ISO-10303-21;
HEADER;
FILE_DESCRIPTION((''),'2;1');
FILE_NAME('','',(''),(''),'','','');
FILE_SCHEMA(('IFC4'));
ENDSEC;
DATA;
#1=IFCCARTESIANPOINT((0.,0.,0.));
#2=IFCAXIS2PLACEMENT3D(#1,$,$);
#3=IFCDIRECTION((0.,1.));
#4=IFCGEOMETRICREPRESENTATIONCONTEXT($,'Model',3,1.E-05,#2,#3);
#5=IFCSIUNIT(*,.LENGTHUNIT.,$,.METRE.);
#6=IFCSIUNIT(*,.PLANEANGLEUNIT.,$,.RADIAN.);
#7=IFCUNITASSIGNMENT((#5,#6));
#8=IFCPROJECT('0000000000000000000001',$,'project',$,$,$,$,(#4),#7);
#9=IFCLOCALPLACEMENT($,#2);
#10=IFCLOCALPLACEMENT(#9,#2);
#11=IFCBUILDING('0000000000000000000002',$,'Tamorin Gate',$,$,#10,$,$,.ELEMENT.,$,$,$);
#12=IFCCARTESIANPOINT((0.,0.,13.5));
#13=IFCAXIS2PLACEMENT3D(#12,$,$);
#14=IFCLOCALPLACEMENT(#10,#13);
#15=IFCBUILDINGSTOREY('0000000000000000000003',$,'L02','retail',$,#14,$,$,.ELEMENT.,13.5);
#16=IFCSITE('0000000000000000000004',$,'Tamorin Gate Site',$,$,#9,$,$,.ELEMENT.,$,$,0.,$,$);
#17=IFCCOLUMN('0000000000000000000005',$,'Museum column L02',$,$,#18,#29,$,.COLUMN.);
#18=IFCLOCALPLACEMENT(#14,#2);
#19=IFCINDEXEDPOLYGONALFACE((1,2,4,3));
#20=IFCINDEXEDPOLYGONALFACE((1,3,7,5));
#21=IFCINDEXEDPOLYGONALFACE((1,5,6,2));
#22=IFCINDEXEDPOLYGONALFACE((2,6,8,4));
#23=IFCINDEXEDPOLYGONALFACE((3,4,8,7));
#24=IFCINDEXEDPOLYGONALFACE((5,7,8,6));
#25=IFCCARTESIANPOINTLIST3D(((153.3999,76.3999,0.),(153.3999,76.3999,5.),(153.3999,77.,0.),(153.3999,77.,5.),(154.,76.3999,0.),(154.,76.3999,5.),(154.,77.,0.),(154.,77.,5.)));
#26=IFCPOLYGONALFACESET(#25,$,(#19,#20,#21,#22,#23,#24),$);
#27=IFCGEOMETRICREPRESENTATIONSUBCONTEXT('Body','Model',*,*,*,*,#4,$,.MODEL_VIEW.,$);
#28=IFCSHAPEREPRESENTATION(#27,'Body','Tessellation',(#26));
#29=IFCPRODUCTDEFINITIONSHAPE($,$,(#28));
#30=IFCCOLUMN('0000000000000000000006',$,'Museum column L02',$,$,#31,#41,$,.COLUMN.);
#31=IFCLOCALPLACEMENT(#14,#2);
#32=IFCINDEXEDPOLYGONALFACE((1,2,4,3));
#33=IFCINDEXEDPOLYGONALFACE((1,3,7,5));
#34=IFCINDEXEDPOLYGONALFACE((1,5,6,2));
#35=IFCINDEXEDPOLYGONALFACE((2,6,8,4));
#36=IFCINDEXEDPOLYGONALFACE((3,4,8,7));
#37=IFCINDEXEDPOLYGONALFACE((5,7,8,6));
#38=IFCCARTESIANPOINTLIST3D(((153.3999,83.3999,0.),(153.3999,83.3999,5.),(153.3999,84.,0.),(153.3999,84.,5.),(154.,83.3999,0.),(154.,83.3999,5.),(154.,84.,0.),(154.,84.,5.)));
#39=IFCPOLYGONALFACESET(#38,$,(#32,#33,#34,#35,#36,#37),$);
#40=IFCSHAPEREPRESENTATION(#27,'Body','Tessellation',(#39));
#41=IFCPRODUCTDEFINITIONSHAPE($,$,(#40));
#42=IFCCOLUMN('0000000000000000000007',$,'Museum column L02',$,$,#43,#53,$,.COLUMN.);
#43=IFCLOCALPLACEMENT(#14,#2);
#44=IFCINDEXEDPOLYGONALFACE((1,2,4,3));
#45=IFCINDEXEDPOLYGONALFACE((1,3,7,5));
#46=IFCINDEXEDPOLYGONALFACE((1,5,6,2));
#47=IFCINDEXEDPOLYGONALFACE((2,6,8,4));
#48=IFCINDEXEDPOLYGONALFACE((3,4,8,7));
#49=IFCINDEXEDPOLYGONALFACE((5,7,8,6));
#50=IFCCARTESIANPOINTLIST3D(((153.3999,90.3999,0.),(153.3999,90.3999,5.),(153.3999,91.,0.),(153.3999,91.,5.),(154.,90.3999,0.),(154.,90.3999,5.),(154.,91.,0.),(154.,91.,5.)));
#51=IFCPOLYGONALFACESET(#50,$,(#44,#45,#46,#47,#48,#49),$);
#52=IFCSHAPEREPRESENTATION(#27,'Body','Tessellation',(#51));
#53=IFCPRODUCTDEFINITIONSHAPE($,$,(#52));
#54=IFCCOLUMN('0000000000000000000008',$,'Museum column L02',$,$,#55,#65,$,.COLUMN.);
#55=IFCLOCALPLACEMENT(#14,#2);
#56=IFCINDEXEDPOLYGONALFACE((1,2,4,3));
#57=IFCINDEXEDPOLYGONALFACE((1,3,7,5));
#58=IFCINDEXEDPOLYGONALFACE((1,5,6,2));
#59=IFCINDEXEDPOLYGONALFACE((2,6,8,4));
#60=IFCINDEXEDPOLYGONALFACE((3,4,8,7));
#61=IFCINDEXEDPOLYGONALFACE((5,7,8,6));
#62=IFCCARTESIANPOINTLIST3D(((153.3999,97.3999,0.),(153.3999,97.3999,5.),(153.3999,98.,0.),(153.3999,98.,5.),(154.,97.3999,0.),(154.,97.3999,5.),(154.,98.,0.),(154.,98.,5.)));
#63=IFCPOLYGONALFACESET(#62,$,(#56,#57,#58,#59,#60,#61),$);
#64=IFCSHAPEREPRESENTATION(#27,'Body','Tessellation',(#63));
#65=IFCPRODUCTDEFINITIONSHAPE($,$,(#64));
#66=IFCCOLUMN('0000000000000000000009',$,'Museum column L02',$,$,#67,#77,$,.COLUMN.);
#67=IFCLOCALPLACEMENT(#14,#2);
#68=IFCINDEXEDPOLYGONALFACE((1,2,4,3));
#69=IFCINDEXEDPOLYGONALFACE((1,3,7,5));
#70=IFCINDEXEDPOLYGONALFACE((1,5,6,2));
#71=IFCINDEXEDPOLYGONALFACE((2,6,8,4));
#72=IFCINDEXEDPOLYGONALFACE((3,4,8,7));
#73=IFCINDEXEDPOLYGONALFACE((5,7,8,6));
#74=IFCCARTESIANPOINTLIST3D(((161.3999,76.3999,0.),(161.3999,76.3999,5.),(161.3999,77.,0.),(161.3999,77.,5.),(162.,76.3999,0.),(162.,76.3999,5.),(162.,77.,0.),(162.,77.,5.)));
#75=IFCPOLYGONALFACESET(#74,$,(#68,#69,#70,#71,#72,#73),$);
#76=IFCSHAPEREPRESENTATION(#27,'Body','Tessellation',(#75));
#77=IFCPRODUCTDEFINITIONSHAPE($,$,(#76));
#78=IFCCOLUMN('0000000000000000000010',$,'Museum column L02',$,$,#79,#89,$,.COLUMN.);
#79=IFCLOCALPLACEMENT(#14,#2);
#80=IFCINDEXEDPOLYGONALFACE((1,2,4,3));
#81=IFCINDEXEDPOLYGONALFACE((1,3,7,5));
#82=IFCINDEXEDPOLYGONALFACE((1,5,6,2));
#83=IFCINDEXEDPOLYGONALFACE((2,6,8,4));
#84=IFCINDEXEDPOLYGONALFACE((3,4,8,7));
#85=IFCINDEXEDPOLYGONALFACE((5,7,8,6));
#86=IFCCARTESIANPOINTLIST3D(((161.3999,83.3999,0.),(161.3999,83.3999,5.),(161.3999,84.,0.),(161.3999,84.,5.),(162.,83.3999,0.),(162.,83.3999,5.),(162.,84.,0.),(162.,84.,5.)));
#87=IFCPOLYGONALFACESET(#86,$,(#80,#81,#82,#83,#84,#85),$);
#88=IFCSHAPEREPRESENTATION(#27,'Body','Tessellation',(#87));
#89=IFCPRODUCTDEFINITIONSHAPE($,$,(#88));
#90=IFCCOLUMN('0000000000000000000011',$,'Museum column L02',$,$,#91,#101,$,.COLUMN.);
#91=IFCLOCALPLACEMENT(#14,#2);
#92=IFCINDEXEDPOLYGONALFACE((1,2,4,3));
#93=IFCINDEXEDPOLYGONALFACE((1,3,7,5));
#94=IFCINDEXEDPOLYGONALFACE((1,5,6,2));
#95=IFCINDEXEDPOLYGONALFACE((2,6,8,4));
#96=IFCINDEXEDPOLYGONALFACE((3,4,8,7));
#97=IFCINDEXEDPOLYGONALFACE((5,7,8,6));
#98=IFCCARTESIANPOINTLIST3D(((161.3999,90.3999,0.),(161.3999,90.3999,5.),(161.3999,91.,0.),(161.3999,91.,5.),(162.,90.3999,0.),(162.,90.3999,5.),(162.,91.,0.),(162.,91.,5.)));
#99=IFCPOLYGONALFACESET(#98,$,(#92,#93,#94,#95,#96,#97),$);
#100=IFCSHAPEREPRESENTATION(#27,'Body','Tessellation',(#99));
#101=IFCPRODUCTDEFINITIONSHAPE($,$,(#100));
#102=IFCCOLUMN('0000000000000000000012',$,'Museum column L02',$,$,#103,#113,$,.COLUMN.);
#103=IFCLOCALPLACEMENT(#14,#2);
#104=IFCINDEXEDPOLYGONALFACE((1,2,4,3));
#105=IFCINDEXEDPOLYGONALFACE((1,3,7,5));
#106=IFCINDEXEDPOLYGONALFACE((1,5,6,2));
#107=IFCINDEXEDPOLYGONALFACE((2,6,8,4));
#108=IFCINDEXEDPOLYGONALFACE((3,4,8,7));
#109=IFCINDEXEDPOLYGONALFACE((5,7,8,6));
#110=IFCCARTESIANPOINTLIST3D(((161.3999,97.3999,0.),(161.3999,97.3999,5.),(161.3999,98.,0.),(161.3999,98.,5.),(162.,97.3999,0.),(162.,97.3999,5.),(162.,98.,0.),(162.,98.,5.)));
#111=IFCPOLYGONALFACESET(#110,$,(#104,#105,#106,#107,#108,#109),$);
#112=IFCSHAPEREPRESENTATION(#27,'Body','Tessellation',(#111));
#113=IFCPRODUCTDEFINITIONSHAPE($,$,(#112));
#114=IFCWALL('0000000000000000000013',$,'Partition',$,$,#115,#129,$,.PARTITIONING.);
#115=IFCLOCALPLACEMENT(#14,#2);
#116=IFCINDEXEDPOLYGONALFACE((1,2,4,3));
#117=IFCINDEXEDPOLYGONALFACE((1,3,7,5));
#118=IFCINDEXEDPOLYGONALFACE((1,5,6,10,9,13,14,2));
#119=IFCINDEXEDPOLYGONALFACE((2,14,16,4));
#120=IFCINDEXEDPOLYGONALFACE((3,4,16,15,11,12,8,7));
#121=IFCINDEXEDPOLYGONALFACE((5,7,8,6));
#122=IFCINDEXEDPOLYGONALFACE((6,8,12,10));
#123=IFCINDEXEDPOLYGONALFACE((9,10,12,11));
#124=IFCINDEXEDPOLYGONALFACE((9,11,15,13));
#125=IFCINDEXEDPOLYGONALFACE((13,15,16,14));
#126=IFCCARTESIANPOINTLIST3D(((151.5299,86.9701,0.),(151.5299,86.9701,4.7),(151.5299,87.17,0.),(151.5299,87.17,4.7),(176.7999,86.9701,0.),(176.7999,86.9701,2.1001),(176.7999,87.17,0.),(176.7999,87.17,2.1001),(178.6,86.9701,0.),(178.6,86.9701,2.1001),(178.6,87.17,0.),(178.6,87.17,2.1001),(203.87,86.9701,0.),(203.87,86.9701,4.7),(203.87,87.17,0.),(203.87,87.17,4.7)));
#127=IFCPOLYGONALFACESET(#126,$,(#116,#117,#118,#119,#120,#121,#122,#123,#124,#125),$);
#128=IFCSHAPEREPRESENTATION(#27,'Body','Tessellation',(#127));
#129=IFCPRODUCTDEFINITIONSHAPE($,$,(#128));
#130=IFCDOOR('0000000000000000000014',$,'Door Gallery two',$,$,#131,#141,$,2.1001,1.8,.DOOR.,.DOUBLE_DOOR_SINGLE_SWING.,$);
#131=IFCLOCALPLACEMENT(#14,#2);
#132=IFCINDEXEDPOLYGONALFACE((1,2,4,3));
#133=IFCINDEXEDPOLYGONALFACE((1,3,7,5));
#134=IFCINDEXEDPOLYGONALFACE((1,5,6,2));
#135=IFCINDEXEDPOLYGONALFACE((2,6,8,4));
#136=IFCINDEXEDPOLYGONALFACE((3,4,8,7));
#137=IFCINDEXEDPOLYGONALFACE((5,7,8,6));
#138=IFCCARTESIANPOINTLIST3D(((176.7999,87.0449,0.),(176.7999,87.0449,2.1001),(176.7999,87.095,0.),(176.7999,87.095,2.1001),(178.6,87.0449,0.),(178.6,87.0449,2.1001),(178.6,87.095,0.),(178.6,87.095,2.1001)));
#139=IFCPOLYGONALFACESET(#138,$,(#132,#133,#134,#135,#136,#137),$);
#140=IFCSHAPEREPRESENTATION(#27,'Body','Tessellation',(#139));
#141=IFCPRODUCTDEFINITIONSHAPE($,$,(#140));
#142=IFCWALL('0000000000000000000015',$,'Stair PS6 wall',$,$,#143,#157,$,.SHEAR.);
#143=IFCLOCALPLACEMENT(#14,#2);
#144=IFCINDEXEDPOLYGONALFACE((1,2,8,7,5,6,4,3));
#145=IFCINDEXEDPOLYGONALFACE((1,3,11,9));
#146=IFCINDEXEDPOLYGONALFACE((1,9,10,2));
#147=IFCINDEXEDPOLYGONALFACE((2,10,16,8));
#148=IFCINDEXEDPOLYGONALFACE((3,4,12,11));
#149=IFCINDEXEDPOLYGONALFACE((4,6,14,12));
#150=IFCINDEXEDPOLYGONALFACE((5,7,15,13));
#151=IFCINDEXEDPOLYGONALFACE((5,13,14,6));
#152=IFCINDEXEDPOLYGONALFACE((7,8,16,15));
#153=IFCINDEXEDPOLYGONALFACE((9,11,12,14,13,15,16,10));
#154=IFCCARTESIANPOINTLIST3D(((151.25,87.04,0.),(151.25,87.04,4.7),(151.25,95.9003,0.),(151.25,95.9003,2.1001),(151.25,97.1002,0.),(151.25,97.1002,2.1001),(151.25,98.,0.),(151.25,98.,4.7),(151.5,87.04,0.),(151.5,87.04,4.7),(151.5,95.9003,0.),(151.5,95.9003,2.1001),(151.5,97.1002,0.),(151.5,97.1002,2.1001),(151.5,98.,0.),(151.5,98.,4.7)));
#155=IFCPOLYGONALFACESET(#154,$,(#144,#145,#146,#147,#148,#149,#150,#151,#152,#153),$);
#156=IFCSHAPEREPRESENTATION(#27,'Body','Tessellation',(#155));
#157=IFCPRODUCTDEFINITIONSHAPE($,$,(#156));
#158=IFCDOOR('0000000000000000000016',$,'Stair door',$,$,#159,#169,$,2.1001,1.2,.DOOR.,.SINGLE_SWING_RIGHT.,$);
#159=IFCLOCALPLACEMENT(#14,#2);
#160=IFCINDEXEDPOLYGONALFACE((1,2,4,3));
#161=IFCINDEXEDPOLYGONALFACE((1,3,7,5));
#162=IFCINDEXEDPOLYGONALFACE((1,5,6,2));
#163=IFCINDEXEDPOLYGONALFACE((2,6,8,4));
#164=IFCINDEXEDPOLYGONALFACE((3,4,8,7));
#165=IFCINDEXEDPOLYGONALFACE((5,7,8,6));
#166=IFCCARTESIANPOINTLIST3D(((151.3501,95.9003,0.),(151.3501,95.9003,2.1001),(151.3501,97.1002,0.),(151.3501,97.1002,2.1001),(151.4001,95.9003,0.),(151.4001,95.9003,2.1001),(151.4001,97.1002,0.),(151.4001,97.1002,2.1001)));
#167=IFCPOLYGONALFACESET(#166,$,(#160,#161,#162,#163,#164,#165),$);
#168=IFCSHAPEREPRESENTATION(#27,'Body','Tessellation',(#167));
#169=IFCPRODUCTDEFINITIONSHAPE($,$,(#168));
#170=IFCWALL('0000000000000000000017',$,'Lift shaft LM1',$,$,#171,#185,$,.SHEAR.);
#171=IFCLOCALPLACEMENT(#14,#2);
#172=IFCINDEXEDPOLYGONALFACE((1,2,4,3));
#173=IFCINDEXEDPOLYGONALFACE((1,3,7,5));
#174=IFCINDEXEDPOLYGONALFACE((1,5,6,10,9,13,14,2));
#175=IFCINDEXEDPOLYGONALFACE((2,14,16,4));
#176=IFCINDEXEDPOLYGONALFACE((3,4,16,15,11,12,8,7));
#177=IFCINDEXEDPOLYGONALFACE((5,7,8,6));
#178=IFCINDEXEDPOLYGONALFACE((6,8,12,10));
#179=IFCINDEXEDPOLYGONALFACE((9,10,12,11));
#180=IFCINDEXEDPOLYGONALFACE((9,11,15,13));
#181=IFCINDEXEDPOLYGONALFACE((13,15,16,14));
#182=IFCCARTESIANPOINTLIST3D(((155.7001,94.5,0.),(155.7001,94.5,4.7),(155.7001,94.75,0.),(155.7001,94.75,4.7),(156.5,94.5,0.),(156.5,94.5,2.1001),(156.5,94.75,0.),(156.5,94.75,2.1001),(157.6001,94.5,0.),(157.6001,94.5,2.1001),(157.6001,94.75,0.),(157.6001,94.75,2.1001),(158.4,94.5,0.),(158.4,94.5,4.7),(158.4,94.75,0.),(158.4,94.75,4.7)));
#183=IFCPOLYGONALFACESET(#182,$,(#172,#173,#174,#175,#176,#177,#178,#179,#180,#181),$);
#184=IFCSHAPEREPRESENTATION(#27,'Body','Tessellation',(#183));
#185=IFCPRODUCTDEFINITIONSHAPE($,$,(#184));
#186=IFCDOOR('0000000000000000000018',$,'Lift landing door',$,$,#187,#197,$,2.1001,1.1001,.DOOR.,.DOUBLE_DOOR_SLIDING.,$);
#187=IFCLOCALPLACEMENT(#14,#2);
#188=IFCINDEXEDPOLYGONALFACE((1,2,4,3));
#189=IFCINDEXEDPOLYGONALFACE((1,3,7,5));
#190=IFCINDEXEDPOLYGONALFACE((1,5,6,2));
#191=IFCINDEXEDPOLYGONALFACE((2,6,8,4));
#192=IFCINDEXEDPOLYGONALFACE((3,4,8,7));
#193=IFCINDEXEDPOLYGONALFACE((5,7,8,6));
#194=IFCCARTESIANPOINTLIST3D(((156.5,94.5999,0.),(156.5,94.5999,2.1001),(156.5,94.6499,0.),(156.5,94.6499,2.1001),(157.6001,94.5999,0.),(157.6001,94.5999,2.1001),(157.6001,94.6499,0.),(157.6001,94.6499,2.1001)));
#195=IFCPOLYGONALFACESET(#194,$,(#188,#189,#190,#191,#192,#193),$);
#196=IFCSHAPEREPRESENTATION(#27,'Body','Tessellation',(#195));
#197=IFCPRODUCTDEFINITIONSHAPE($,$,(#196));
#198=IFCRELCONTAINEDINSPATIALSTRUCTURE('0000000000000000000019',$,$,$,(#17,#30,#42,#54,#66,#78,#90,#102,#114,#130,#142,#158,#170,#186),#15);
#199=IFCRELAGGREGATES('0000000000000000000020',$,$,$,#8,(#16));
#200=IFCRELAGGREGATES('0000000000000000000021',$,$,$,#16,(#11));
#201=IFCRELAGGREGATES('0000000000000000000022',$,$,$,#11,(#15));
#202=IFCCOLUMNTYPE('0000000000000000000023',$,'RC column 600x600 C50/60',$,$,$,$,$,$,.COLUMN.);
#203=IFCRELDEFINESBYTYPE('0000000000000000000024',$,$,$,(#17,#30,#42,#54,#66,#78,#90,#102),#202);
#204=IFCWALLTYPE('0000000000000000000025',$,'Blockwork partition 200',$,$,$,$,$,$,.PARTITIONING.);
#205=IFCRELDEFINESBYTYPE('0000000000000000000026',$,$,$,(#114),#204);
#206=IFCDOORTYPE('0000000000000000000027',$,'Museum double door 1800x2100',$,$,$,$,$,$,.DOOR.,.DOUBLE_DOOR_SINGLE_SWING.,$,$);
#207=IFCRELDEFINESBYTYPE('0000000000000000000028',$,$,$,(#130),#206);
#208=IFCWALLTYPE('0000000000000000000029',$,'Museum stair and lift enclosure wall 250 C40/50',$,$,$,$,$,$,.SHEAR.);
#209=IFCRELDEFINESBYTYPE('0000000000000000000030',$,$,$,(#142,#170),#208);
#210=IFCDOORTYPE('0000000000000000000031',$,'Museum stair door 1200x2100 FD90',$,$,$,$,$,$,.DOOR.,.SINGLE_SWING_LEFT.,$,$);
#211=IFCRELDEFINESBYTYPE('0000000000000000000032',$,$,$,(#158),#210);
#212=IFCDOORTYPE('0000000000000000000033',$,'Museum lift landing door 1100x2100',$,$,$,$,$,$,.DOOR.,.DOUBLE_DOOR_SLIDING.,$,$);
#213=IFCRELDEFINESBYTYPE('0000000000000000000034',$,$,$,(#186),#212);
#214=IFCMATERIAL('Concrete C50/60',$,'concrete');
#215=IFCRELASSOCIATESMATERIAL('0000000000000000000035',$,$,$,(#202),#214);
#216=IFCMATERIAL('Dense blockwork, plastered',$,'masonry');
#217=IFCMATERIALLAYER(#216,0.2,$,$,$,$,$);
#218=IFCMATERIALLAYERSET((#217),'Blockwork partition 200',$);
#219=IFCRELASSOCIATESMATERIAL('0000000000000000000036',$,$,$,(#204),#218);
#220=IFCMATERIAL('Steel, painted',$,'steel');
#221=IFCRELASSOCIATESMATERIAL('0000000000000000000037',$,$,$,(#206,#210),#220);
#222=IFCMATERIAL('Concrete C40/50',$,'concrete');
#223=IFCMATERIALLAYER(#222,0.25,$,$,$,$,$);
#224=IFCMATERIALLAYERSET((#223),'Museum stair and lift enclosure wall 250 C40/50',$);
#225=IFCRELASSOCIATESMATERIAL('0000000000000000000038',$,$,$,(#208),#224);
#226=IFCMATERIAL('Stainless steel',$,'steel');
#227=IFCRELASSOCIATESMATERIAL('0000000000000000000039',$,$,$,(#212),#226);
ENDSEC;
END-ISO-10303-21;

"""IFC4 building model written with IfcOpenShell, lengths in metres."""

from ifc_helpers import new_model, si_unit, direction, frame, frame_2d, origin, origin_2d, place, context, subcontext, project, spatial, rectangle, extrude, material, layer, layer_set, material_profile, profile_set, type_object, element, fill, save


model = new_model("IFC4")

# Units and contexts
model_context = context("Model", 3, precision=1e-05, world=origin(), true_north=direction((0.0, 1.0)))
body_context = subcontext(model_context, "Body", "Model", "MODEL_VIEW")
ifc_project = project(units=[si_unit("LENGTHUNIT", "METRE"), si_unit("PLANEANGLEUNIT", "RADIAN")], contexts=[model_context])

# Site, building, storey
site_placement = place(None, origin())
site = spatial("IfcSite", under=ifc_project, at=site_placement, Name="Tamorin Gate Site", CompositionType="ELEMENT", RefElevation=0.0)
building_placement = place(site_placement, origin())
building = spatial("IfcBuilding", under=site, at=building_placement, Name="Tamorin Gate", CompositionType="ELEMENT")
storey_placement = place(building_placement, frame((0.0, 0.0, 13.5)))
storey = spatial("IfcBuildingStorey", under=building, at=storey_placement, Name="L02", Description="retail", CompositionType="ELEMENT", Elevation=13.5)

# Columns
ifc_material_1 = material(Name="Concrete C50/60", Category="concrete")
ifc_material_profile = material_profile(ifc_material_1, rectangle(XDim=0.6001, YDim=0.6001, at=origin_2d()))
ifc_profile_set = profile_set([ifc_material_profile], Name="Concrete C50/60")
column_type = type_object("IfcColumnType", Name="RC column 600x600 C50/60", PredefinedType="COLUMN", material=ifc_profile_set)
for number, where, z_axis, x_axis, name in (
    (1, (153.7, 76.7, 0.0), (0.0, 0.0, 1.0), (1.0, 0.0, 0.0), "Museum column L02"),
    (2, (153.7, 83.7, 0.0), (0.0, 0.0, 1.0), (1.0, 0.0, 0.0), "Museum column L02"),
    (3, (153.7, 90.7, 0.0), (0.0, 0.0, 1.0), (1.0, 0.0, 0.0), "Museum column L02"),
    (4, (153.7, 97.7, 0.0), (0.0, 0.0, 1.0), (1.0, 0.0, 0.0), "Museum column L02"),
    (5, (161.7, 76.7, 0.0), (0.0, 0.0, 1.0), (1.0, 0.0, 0.0), "Museum column L02"),
    (6, (161.7, 83.7, 0.0), (0.0, 0.0, 1.0), (1.0, 0.0, 0.0), "Museum column L02"),
    (7, (161.7, 90.7, 0.0), (0.0, 0.0, 1.0), (1.0, 0.0, 0.0), "Museum column L02"),
    (8, (161.7, 97.7, 0.0), (0.0, 0.0, 1.0), (1.0, 0.0, 0.0), "Museum column L02"),
):
    element("IfcColumn", number, at=place(storey_placement, frame(where, z_axis=z_axis, x_axis=x_axis)), inside=storey, type_object=column_type, Name=name, PredefinedType="COLUMN", context=body_context, shape_type="SweptSolid", body=[
        extrude(rectangle(XDim=0.6001, YDim=0.6001, at=origin_2d()), origin(), (0.0, 0.0, 1.0), 5.0),
    ])

# Walls, openings, doors
ifc_material_2 = material(Name="Dense blockwork, plastered", Category="masonry")
ifc_layer_1 = layer(ifc_material_2, 0.2)
ifc_layer_set_1 = layer_set([ifc_layer_1], Name="Blockwork partition 200")
wall_type_1 = type_object("IfcWallType", Name="Blockwork partition 200", PredefinedType="PARTITIONING", material=ifc_layer_set_1)
wall_1_placement = place(storey_placement, frame((151.53, 87.0701, 0.0), z_axis=(0.0, 0.0, 1.0), x_axis=(1.0, 0.0, 0.0)))
wall_1 = element("IfcWall", 9, at=wall_1_placement, inside=storey, type_object=wall_type_1, Name="Partition", PredefinedType="PARTITIONING", context=body_context, shape_type="SweptSolid", body=[
    extrude(rectangle(XDim=52.3401, YDim=0.2, at=frame_2d((26.1699, 0.0))), origin(), (0.0, 0.0, 1.0), 4.7),
])
opening_1_placement = place(wall_1_placement, frame((25.27, 0.0, 0.0)))
opening_1 = element("IfcOpeningElement", 10, at=opening_1_placement, cuts=wall_1, PredefinedType="OPENING", context=body_context, shape_type="SweptSolid", body=[
    extrude(rectangle(XDim=1.8, YDim=2.1001, at=frame_2d((0.8999, 1.05))), frame((0.0, 0.1099, 0.0), z_axis=(0.0, -1.0, 0.0), x_axis=(1.0, 0.0, 0.0)), (0.0, 0.0, 1.0), 0.22),
])
ifc_material_3 = material(Name="Steel, painted", Category="steel")
door_type_1 = type_object("IfcDoorType", Name="Museum double door 1800x2100", OperationType="DOUBLE_DOOR_SINGLE_SWING", PredefinedType="DOOR", material=ifc_material_3)
door_1_placement = place(opening_1_placement, origin())
door_1 = element("IfcDoor", 11, at=door_1_placement, inside=storey, type_object=door_type_1, Name="Door Gallery two", OperationType="DOUBLE_DOOR_SINGLE_SWING", OverallHeight=2.1001, OverallWidth=1.8, PredefinedType="DOOR", context=body_context, shape_type="SweptSolid", body=[
    extrude(rectangle(XDim=1.8, YDim=2.1001, at=frame_2d((0.8999, 1.05))), frame((0.0, 0.0249, 0.0), z_axis=(0.0, -1.0, 0.0), x_axis=(1.0, 0.0, 0.0)), (0.0, 0.0, 1.0), 0.05),
])
fill(opening_1, door_1)
ifc_material_4 = material(Name="Concrete C40/50", Category="concrete")
ifc_layer_2 = layer(ifc_material_4, 0.25)
ifc_layer_set_2 = layer_set([ifc_layer_2], Name="Museum stair and lift enclosure wall 250 C40/50")
wall_type_2 = type_object("IfcWallType", Name="Museum stair and lift enclosure wall 250 C40/50", PredefinedType="SHEAR", material=ifc_layer_set_2)
wall_2_placement = place(storey_placement, frame((151.375, 87.04, 0.0), z_axis=(0.0, 0.0, 1.0), x_axis=(0.0, 1.0, 0.0)))
wall_2 = element("IfcWall", 12, at=wall_2_placement, inside=storey, type_object=wall_type_2, Name="Stair PS6 wall", PredefinedType="SHEAR", context=body_context, shape_type="SweptSolid", body=[
    extrude(rectangle(XDim=10.96, YDim=0.25, at=frame_2d((5.48, 0.0))), origin(), (0.0, 0.0, 1.0), 4.7),
])
opening_2_placement = place(wall_2_placement, frame((8.8601, 0.0, 0.0)))
opening_2 = element("IfcOpeningElement", 13, at=opening_2_placement, cuts=wall_2, PredefinedType="OPENING", context=body_context, shape_type="SweptSolid", body=[
    extrude(rectangle(XDim=1.2, YDim=2.1001, at=frame_2d((0.6001, 1.05))), frame((0.0, 0.135, 0.0), z_axis=(0.0, -1.0, 0.0), x_axis=(1.0, 0.0, 0.0)), (0.0, 0.0, 1.0), 0.27),
])
door_type_2 = type_object("IfcDoorType", Name="Museum stair door 1200x2100 FD90", OperationType="SINGLE_SWING_LEFT", PredefinedType="DOOR", material=ifc_material_3)
door_2_placement = place(opening_2_placement, origin())
door_2 = element("IfcDoor", 14, at=door_2_placement, inside=storey, type_object=door_type_2, Name="Stair door", OperationType="SINGLE_SWING_RIGHT", OverallHeight=2.1001, OverallWidth=1.2, PredefinedType="DOOR", context=body_context, shape_type="SweptSolid", body=[
    extrude(rectangle(XDim=1.2, YDim=2.1001, at=frame_2d((0.6001, 1.05))), frame((0.0, 0.0249, 0.0), z_axis=(0.0, -1.0, 0.0), x_axis=(1.0, 0.0, 0.0)), (0.0, 0.0, 1.0), 0.05),
])
fill(opening_2, door_2)
wall_3_placement = place(storey_placement, frame((155.7, 94.625, 0.0), z_axis=(0.0, 0.0, 1.0), x_axis=(1.0, 0.0, 0.0)))
wall_3 = element("IfcWall", 15, at=wall_3_placement, inside=storey, type_object=wall_type_2, Name="Lift shaft LM1", PredefinedType="SHEAR", context=body_context, shape_type="SweptSolid", body=[
    extrude(rectangle(XDim=2.7, YDim=0.25, at=frame_2d((1.3501, 0.0))), origin(), (0.0, 0.0, 1.0), 4.7),
])
opening_3_placement = place(wall_3_placement, frame((0.8, 0.0, 0.0)))
opening_3 = element("IfcOpeningElement", 16, at=opening_3_placement, cuts=wall_3, PredefinedType="OPENING", context=body_context, shape_type="SweptSolid", body=[
    extrude(rectangle(XDim=1.1001, YDim=2.1001, at=frame_2d((0.55, 1.05))), frame((0.0, 0.135, 0.0), z_axis=(0.0, -1.0, 0.0), x_axis=(1.0, 0.0, 0.0)), (0.0, 0.0, 1.0), 0.27),
])
ifc_material_5 = material(Name="Stainless steel", Category="steel")
door_type_3 = type_object("IfcDoorType", Name="Museum lift landing door 1100x2100", OperationType="DOUBLE_DOOR_SLIDING", PredefinedType="DOOR", material=ifc_material_5)
door_3_placement = place(opening_3_placement, origin())
door_3 = element("IfcDoor", 17, at=door_3_placement, inside=storey, type_object=door_type_3, Name="Lift landing door", OperationType="DOUBLE_DOOR_SLIDING", OverallHeight=2.1001, OverallWidth=1.1001, PredefinedType="DOOR", context=body_context, shape_type="SweptSolid", body=[
    extrude(rectangle(XDim=1.1001, YDim=2.1001, at=frame_2d((0.55, 1.05))), frame((0.0, 0.0249, 0.0), z_axis=(0.0, -1.0, 0.0), x_axis=(1.0, 0.0, 0.0)), (0.0, 0.0, 1.0), 0.05),
])
fill(opening_3, door_3)

save(model, "model.ifc")
